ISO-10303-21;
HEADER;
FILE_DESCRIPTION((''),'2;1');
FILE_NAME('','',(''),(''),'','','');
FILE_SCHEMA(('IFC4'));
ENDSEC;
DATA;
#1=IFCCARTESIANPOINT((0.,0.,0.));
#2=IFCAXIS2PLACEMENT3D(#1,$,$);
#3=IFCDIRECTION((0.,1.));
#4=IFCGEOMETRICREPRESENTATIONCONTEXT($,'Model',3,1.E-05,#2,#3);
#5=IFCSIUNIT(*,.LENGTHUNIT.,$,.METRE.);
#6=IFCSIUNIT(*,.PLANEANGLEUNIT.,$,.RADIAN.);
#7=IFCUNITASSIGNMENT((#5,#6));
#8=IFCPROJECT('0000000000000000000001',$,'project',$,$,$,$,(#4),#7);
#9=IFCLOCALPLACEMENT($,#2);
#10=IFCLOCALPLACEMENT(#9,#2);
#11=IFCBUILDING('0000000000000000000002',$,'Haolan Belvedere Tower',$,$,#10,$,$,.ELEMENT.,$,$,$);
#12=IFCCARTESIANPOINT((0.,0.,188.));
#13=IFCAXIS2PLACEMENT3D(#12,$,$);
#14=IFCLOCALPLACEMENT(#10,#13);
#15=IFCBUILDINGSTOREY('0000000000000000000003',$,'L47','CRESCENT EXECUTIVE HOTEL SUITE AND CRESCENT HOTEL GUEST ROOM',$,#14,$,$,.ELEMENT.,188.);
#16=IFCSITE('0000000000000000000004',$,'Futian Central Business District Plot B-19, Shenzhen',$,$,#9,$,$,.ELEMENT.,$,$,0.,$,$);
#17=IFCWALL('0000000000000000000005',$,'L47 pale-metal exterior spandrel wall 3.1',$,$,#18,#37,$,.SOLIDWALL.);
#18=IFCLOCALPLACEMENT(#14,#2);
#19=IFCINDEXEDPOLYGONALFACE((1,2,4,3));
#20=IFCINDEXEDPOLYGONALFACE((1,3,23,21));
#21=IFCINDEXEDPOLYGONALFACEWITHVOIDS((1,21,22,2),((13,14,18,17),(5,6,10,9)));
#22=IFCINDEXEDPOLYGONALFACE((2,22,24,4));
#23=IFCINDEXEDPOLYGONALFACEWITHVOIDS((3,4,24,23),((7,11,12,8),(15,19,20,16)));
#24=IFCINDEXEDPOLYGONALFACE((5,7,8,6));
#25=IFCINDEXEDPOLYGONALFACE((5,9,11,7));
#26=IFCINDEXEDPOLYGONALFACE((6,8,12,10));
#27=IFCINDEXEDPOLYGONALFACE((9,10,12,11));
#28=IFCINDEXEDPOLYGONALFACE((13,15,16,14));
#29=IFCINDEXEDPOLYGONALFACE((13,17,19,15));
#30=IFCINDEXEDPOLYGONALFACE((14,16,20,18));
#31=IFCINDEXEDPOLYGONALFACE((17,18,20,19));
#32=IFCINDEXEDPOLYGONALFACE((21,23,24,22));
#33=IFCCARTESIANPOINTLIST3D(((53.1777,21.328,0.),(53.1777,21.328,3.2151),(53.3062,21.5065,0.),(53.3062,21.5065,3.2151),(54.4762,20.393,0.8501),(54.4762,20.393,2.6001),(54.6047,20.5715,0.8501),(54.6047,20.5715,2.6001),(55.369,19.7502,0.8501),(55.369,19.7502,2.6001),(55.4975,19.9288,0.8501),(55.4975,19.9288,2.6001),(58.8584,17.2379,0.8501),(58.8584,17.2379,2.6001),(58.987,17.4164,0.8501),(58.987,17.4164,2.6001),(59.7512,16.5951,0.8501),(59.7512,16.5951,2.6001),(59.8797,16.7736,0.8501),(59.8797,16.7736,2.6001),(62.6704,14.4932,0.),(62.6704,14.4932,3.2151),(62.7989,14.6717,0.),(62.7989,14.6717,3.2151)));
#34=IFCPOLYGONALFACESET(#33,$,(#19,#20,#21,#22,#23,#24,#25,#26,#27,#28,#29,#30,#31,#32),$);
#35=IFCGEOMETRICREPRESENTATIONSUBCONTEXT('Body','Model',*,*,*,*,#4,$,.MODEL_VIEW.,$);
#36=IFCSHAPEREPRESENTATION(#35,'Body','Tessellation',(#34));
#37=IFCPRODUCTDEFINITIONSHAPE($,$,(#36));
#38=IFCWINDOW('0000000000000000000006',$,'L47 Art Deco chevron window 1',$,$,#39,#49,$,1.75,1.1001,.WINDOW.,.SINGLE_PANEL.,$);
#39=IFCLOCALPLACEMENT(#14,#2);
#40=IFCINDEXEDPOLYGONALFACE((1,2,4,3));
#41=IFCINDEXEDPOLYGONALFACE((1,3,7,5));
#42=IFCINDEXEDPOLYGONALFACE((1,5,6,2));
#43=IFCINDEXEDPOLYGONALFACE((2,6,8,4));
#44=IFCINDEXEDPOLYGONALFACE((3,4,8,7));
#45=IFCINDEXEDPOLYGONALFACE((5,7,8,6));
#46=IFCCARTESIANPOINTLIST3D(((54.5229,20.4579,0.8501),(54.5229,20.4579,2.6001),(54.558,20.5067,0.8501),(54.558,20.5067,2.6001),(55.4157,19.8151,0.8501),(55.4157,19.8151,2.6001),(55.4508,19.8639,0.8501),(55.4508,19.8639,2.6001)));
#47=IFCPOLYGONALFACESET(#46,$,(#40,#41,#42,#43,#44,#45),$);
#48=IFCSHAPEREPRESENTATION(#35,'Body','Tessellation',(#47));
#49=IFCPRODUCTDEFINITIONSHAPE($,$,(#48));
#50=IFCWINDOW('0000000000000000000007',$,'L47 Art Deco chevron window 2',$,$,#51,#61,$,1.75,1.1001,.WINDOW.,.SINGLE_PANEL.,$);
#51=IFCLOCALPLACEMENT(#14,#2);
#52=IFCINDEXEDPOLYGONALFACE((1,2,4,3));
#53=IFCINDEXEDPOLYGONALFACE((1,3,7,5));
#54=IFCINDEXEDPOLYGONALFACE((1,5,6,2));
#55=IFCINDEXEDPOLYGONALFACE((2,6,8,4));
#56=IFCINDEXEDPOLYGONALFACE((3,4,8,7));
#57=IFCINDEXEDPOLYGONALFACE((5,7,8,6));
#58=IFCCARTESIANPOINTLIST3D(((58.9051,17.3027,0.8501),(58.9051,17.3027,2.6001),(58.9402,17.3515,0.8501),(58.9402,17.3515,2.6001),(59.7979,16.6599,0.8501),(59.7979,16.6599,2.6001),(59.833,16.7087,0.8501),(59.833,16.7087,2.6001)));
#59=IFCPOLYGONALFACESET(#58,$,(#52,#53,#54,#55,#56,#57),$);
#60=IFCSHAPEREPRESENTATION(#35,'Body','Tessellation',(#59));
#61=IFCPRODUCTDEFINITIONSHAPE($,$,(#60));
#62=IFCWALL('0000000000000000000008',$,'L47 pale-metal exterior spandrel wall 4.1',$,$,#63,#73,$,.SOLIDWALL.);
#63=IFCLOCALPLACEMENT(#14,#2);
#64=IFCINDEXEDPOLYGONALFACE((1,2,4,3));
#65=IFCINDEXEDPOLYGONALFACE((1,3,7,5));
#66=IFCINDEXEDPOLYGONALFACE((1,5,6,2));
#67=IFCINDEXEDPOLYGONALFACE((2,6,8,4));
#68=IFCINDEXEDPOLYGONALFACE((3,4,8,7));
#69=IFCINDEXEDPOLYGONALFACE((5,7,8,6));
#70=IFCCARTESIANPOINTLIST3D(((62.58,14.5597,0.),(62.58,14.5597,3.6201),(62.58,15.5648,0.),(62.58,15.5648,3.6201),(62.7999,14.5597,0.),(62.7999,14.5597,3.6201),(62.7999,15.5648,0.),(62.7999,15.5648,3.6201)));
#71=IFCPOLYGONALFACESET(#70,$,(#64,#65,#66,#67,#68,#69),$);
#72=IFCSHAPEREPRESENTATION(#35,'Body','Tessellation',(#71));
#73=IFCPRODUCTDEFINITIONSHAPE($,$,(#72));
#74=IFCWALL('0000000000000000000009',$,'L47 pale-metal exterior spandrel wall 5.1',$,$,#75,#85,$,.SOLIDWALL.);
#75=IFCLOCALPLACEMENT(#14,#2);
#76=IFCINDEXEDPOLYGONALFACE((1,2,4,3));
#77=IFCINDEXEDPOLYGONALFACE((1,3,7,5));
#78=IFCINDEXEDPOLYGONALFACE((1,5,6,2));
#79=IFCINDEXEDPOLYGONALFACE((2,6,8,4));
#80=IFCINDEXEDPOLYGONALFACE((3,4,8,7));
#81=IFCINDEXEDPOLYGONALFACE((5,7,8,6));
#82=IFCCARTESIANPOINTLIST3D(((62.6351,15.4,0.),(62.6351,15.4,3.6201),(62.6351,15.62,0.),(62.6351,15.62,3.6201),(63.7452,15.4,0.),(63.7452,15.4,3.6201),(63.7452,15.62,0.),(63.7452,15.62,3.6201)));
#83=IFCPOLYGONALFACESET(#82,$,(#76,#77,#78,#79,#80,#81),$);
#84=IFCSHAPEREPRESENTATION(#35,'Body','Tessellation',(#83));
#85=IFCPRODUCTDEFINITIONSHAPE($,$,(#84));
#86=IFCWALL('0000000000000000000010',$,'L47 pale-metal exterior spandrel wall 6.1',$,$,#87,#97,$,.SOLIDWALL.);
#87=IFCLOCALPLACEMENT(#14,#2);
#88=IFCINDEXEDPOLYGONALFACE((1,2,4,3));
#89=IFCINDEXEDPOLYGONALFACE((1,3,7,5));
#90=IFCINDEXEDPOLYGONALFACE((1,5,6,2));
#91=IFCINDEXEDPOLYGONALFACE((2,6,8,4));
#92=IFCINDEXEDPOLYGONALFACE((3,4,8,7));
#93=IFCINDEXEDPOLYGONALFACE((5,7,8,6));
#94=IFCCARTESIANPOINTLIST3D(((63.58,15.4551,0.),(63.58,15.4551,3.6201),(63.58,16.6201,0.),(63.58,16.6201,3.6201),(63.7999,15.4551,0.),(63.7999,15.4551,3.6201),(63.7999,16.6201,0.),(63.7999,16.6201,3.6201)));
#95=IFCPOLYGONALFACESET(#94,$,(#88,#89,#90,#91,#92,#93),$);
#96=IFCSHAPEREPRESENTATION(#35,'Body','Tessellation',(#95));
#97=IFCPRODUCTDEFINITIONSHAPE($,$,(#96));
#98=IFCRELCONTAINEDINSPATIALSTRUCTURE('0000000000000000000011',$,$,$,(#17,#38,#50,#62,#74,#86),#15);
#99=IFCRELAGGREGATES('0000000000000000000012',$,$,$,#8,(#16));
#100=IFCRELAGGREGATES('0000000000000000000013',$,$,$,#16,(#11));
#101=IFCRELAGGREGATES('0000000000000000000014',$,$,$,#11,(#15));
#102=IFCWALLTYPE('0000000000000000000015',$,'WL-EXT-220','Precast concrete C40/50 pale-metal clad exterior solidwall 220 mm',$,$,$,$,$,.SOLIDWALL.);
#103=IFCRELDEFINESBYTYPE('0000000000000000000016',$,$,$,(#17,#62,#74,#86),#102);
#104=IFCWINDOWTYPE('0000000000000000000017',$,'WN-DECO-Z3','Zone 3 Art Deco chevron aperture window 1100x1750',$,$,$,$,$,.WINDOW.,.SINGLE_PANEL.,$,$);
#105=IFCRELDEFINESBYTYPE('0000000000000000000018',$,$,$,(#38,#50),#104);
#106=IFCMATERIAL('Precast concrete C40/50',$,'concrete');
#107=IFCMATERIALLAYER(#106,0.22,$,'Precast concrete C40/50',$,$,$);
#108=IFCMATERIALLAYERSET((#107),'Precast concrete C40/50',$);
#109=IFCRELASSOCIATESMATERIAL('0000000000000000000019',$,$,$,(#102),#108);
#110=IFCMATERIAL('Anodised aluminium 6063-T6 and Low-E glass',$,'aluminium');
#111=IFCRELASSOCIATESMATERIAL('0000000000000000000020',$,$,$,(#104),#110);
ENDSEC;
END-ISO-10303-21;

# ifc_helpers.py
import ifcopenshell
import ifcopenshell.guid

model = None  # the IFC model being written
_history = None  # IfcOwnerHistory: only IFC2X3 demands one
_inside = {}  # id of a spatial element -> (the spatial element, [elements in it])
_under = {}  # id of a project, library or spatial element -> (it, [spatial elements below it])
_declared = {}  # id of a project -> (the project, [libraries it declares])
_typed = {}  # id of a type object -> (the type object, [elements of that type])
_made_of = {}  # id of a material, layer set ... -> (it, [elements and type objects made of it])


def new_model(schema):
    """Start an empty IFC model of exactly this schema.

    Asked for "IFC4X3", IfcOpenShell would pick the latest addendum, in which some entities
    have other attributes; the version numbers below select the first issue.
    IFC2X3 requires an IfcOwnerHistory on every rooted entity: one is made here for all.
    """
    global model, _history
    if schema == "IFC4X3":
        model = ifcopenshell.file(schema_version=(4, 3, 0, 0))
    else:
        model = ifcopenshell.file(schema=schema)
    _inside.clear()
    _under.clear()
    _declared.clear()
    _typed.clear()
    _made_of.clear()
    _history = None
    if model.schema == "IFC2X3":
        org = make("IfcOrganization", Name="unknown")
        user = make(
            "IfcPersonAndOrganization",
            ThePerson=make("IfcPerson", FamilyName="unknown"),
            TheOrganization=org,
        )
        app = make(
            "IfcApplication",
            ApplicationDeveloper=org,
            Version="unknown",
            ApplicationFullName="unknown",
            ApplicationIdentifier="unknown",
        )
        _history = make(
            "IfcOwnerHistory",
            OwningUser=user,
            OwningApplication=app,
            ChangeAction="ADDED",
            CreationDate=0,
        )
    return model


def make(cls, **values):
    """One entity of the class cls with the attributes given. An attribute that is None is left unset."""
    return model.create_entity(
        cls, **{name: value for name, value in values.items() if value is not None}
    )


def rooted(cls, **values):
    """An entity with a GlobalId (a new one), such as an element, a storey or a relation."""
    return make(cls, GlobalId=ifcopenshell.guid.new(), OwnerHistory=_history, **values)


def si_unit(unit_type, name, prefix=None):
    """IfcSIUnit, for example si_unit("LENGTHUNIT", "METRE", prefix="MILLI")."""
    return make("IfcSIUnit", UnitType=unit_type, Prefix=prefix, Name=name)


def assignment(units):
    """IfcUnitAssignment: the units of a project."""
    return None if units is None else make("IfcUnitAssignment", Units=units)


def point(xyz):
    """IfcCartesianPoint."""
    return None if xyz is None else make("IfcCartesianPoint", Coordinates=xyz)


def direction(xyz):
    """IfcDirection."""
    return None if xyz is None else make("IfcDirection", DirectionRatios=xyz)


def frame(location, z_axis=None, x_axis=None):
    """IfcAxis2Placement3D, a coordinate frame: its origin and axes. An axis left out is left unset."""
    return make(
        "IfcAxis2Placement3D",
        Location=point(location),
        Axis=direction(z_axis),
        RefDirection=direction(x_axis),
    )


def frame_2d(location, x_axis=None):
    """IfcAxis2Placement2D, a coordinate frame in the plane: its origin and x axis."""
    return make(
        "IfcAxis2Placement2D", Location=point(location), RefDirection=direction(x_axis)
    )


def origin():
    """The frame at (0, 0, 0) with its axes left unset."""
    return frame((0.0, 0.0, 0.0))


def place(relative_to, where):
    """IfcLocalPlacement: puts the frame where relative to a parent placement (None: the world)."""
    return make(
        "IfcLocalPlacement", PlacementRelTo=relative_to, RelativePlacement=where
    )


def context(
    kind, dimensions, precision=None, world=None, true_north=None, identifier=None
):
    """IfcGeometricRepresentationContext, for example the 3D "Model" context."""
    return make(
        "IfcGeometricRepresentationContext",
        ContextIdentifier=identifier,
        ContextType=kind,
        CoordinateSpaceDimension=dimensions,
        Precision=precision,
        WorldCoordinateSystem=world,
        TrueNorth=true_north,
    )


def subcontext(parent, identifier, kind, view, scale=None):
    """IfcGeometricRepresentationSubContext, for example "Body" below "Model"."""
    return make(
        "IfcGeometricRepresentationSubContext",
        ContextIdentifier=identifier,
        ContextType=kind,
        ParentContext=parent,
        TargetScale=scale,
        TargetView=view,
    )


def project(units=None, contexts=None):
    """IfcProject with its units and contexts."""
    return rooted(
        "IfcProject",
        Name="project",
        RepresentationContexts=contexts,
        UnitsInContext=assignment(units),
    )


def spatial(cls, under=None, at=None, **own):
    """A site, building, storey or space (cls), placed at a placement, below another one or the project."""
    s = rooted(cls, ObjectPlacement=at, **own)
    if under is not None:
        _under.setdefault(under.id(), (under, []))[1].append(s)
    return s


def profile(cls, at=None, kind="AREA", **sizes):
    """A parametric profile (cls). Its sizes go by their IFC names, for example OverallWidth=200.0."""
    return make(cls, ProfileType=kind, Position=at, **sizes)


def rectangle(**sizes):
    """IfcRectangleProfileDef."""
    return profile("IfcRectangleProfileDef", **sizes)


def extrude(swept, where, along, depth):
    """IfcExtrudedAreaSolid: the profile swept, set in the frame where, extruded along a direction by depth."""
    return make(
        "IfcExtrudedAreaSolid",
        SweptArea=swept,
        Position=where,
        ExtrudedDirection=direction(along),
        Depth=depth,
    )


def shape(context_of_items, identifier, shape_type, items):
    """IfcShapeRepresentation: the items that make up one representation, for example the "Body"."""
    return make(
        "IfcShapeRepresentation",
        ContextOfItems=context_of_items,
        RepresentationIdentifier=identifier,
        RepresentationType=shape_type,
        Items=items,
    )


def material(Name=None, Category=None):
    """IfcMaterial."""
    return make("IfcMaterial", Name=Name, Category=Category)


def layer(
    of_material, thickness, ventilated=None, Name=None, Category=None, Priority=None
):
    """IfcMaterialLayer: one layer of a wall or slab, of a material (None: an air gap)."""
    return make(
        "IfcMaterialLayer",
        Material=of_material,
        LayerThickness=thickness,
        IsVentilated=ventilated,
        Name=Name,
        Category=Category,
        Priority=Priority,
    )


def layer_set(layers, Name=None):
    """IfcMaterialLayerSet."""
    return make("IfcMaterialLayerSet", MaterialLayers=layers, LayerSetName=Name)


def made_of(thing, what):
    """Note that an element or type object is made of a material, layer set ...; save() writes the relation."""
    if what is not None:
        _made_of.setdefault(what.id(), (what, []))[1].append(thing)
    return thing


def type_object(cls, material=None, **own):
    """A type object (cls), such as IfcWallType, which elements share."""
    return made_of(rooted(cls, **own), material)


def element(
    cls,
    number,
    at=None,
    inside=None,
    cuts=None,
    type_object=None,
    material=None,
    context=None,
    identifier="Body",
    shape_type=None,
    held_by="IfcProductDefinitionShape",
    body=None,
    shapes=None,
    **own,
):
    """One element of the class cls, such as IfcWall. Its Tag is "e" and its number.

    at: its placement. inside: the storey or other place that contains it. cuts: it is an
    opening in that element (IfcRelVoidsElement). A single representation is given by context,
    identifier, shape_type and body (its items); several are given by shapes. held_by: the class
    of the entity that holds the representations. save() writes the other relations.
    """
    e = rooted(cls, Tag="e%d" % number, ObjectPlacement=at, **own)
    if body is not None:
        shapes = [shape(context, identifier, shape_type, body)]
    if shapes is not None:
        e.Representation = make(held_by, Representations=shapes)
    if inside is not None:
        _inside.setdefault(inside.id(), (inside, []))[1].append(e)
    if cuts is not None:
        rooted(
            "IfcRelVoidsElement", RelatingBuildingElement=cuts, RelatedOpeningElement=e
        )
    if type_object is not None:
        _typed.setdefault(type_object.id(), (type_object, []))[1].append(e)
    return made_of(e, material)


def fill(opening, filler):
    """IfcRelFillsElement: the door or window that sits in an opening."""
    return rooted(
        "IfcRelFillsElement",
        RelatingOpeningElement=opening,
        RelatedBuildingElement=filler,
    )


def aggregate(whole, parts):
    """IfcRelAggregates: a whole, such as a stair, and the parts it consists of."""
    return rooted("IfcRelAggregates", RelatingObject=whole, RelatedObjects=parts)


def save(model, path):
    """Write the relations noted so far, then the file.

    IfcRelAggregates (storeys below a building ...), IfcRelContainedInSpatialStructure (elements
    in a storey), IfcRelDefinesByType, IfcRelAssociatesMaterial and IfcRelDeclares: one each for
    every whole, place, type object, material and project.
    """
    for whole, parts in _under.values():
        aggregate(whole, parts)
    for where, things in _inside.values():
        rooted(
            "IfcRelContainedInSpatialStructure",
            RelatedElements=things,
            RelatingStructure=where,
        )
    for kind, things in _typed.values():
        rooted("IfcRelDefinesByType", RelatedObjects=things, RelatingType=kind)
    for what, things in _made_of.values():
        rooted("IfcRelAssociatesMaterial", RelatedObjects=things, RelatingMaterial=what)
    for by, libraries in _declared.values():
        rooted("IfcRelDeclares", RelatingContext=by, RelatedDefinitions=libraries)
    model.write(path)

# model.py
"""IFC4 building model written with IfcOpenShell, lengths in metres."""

from ifc_helpers import new_model, si_unit, direction, frame, frame_2d, origin, place, context, subcontext, project, spatial, rectangle, extrude, material, layer, layer_set, type_object, element, fill, save


model = new_model("IFC4")

# Units and contexts
model_context = context("Model", 3, precision=1e-05, world=origin(), true_north=direction((0.0, 1.0)))
body_context = subcontext(model_context, "Body", "Model", "MODEL_VIEW")
ifc_project = project(units=[si_unit("LENGTHUNIT", "METRE"), si_unit("PLANEANGLEUNIT", "RADIAN")], contexts=[model_context])

# Site, building, storey
site_placement = place(None, origin())
site = spatial("IfcSite", under=ifc_project, at=site_placement, Name="Futian Central Business District Plot B-19, Shenzhen", CompositionType="ELEMENT", RefElevation=0.0)
building_placement = place(site_placement, origin())
building = spatial("IfcBuilding", under=site, at=building_placement, Name="Haolan Belvedere Tower", CompositionType="ELEMENT")
storey_placement = place(building_placement, frame((0.0, 0.0, 188.0)))
storey = spatial("IfcBuildingStorey", under=building, at=storey_placement, Name="L47", Description="CRESCENT EXECUTIVE HOTEL SUITE AND CRESCENT HOTEL GUEST ROOM", CompositionType="ELEMENT", Elevation=188.0)

# Wall, openings, windows
ifc_material_1 = material(Name="Precast concrete C40/50", Category="concrete")
ifc_layer_1 = layer(ifc_material_1, 0.22, Name="Precast concrete C40/50")
ifc_layer_set_1 = layer_set([ifc_layer_1], Name="Precast concrete C40/50")
wall_type_1 = type_object("IfcWallType", Name="WL-EXT-220", Description="Precast concrete C40/50 pale-metal clad exterior solidwall 220 mm", PredefinedType="SOLIDWALL", material=ifc_layer_set_1)
wall_1_placement = place(storey_placement, frame((53.2419, 21.4172, 0.0), z_axis=(0.0, 0.0, 1.0), x_axis=(0.811535, -0.584304, 0.0)))
wall_1 = element("IfcWall", 1, at=wall_1_placement, inside=storey, type_object=wall_type_1, Name="L47 pale-metal exterior spandrel wall 3.1", PredefinedType="SOLIDWALL", context=body_context, shape_type="SweptSolid", body=[
    extrude(rectangle(XDim=11.6973, YDim=0.22, at=frame_2d((5.8486, 0.0))), origin(), (0.0, 0.0, 1.0), 3.2151),
])
opening_1_placement = place(wall_1_placement, frame((1.6001, 0.0, 0.8501)))
opening_1 = element("IfcOpeningElement", 2, at=opening_1_placement, cuts=wall_1, PredefinedType="OPENING", context=body_context, shape_type="SweptSolid", body=[
    extrude(rectangle(XDim=1.1001, YDim=1.75, at=frame_2d((0.55, 0.875))), frame((0.0, 0.1199, 0.0), z_axis=(0.0, -1.0, 0.0), x_axis=(1.0, 0.0, 0.0)), (0.0, 0.0, 1.0), 0.24),
])
opening_2_placement = place(wall_1_placement, frame((7.0, 0.0, 0.8501)))
opening_2 = element("IfcOpeningElement", 3, at=opening_2_placement, cuts=wall_1, PredefinedType="OPENING", context=body_context, shape_type="SweptSolid", body=[
    extrude(rectangle(XDim=1.1001, YDim=1.75, at=frame_2d((0.55, 0.875))), frame((0.0, 0.1199, 0.0), z_axis=(0.0, -1.0, 0.0), x_axis=(1.0, 0.0, 0.0)), (0.0, 0.0, 1.0), 0.24),
])
ifc_material_2 = material(Name="Anodised aluminium 6063-T6 and Low-E glass", Category="aluminium")
window_type = type_object("IfcWindowType", Name="WN-DECO-Z3", Description="Zone 3 Art Deco chevron aperture window 1100x1750", PartitioningType="SINGLE_PANEL", PredefinedType="WINDOW", material=ifc_material_2)
window_1_placement = place(opening_1_placement, origin())
window_1 = element("IfcWindow", 4, at=window_1_placement, inside=storey, type_object=window_type, Name="L47 Art Deco chevron window 1", OverallHeight=1.75, OverallWidth=1.1001, PartitioningType="SINGLE_PANEL", PredefinedType="WINDOW", context=body_context, shape_type="SweptSolid", body=[
    extrude(rectangle(XDim=1.1001, YDim=1.75, at=frame_2d((0.55, 0.875))), frame((0.0, 0.03, 0.0), z_axis=(0.0, -1.0, 0.0), x_axis=(1.0, 0.0, 0.0)), (0.0, 0.0, 1.0), 0.0601),
])
fill(opening_1, window_1)
window_2_placement = place(opening_2_placement, origin())
window_2 = element("IfcWindow", 5, at=window_2_placement, inside=storey, type_object=window_type, Name="L47 Art Deco chevron window 2", OverallHeight=1.75, OverallWidth=1.1001, PartitioningType="SINGLE_PANEL", PredefinedType="WINDOW", context=body_context, shape_type="SweptSolid", body=[
    extrude(rectangle(XDim=1.1001, YDim=1.75, at=frame_2d((0.55, 0.875))), frame((0.0, 0.03, 0.0), z_axis=(0.0, -1.0, 0.0), x_axis=(1.0, 0.0, 0.0)), (0.0, 0.0, 1.0), 0.0601),
])
fill(opening_2, window_2)

# Walls
wall_2_placement = place(storey_placement, frame((62.6899, 14.5598, 0.0), z_axis=(0.0, 0.0, 1.0), x_axis=(0.0, 1.0, 0.0)))
element("IfcWall", 6, at=wall_2_placement, inside=storey, type_object=wall_type_1, Name="L47 pale-metal exterior spandrel wall 4.1", PredefinedType="SOLIDWALL", context=body_context, shape_type="SweptSolid", body=[
    extrude(rectangle(XDim=1.0051, YDim=0.22, at=frame_2d((0.5024, 0.0))), origin(), (0.0, 0.0, 1.0), 3.6201),
])
wall_3_placement = place(storey_placement, frame((62.635, 15.51, 0.0), z_axis=(0.0, 0.0, 1.0), x_axis=(1.0, 0.0, 0.0)))
element("IfcWall", 7, at=wall_3_placement, inside=storey, type_object=wall_type_1, Name="L47 pale-metal exterior spandrel wall 5.1", PredefinedType="SOLIDWALL", context=body_context, shape_type="SweptSolid", body=[
    extrude(rectangle(XDim=1.1101, YDim=0.22, at=frame_2d((0.5552, 0.0))), origin(), (0.0, 0.0, 1.0), 3.6201),
])
wall_4_placement = place(storey_placement, frame((63.6899, 15.4551, 0.0), z_axis=(0.0, 0.0, 1.0), x_axis=(0.0, 1.0, 0.0)))
element("IfcWall", 8, at=wall_4_placement, inside=storey, type_object=wall_type_1, Name="L47 pale-metal exterior spandrel wall 6.1", PredefinedType="SOLIDWALL", context=body_context, shape_type="SweptSolid", body=[
    extrude(rectangle(XDim=1.165, YDim=0.22, at=frame_2d((0.5825, 0.0))), origin(), (0.0, 0.0, 1.0), 3.6201),
])

save(model, "model.ifc")
